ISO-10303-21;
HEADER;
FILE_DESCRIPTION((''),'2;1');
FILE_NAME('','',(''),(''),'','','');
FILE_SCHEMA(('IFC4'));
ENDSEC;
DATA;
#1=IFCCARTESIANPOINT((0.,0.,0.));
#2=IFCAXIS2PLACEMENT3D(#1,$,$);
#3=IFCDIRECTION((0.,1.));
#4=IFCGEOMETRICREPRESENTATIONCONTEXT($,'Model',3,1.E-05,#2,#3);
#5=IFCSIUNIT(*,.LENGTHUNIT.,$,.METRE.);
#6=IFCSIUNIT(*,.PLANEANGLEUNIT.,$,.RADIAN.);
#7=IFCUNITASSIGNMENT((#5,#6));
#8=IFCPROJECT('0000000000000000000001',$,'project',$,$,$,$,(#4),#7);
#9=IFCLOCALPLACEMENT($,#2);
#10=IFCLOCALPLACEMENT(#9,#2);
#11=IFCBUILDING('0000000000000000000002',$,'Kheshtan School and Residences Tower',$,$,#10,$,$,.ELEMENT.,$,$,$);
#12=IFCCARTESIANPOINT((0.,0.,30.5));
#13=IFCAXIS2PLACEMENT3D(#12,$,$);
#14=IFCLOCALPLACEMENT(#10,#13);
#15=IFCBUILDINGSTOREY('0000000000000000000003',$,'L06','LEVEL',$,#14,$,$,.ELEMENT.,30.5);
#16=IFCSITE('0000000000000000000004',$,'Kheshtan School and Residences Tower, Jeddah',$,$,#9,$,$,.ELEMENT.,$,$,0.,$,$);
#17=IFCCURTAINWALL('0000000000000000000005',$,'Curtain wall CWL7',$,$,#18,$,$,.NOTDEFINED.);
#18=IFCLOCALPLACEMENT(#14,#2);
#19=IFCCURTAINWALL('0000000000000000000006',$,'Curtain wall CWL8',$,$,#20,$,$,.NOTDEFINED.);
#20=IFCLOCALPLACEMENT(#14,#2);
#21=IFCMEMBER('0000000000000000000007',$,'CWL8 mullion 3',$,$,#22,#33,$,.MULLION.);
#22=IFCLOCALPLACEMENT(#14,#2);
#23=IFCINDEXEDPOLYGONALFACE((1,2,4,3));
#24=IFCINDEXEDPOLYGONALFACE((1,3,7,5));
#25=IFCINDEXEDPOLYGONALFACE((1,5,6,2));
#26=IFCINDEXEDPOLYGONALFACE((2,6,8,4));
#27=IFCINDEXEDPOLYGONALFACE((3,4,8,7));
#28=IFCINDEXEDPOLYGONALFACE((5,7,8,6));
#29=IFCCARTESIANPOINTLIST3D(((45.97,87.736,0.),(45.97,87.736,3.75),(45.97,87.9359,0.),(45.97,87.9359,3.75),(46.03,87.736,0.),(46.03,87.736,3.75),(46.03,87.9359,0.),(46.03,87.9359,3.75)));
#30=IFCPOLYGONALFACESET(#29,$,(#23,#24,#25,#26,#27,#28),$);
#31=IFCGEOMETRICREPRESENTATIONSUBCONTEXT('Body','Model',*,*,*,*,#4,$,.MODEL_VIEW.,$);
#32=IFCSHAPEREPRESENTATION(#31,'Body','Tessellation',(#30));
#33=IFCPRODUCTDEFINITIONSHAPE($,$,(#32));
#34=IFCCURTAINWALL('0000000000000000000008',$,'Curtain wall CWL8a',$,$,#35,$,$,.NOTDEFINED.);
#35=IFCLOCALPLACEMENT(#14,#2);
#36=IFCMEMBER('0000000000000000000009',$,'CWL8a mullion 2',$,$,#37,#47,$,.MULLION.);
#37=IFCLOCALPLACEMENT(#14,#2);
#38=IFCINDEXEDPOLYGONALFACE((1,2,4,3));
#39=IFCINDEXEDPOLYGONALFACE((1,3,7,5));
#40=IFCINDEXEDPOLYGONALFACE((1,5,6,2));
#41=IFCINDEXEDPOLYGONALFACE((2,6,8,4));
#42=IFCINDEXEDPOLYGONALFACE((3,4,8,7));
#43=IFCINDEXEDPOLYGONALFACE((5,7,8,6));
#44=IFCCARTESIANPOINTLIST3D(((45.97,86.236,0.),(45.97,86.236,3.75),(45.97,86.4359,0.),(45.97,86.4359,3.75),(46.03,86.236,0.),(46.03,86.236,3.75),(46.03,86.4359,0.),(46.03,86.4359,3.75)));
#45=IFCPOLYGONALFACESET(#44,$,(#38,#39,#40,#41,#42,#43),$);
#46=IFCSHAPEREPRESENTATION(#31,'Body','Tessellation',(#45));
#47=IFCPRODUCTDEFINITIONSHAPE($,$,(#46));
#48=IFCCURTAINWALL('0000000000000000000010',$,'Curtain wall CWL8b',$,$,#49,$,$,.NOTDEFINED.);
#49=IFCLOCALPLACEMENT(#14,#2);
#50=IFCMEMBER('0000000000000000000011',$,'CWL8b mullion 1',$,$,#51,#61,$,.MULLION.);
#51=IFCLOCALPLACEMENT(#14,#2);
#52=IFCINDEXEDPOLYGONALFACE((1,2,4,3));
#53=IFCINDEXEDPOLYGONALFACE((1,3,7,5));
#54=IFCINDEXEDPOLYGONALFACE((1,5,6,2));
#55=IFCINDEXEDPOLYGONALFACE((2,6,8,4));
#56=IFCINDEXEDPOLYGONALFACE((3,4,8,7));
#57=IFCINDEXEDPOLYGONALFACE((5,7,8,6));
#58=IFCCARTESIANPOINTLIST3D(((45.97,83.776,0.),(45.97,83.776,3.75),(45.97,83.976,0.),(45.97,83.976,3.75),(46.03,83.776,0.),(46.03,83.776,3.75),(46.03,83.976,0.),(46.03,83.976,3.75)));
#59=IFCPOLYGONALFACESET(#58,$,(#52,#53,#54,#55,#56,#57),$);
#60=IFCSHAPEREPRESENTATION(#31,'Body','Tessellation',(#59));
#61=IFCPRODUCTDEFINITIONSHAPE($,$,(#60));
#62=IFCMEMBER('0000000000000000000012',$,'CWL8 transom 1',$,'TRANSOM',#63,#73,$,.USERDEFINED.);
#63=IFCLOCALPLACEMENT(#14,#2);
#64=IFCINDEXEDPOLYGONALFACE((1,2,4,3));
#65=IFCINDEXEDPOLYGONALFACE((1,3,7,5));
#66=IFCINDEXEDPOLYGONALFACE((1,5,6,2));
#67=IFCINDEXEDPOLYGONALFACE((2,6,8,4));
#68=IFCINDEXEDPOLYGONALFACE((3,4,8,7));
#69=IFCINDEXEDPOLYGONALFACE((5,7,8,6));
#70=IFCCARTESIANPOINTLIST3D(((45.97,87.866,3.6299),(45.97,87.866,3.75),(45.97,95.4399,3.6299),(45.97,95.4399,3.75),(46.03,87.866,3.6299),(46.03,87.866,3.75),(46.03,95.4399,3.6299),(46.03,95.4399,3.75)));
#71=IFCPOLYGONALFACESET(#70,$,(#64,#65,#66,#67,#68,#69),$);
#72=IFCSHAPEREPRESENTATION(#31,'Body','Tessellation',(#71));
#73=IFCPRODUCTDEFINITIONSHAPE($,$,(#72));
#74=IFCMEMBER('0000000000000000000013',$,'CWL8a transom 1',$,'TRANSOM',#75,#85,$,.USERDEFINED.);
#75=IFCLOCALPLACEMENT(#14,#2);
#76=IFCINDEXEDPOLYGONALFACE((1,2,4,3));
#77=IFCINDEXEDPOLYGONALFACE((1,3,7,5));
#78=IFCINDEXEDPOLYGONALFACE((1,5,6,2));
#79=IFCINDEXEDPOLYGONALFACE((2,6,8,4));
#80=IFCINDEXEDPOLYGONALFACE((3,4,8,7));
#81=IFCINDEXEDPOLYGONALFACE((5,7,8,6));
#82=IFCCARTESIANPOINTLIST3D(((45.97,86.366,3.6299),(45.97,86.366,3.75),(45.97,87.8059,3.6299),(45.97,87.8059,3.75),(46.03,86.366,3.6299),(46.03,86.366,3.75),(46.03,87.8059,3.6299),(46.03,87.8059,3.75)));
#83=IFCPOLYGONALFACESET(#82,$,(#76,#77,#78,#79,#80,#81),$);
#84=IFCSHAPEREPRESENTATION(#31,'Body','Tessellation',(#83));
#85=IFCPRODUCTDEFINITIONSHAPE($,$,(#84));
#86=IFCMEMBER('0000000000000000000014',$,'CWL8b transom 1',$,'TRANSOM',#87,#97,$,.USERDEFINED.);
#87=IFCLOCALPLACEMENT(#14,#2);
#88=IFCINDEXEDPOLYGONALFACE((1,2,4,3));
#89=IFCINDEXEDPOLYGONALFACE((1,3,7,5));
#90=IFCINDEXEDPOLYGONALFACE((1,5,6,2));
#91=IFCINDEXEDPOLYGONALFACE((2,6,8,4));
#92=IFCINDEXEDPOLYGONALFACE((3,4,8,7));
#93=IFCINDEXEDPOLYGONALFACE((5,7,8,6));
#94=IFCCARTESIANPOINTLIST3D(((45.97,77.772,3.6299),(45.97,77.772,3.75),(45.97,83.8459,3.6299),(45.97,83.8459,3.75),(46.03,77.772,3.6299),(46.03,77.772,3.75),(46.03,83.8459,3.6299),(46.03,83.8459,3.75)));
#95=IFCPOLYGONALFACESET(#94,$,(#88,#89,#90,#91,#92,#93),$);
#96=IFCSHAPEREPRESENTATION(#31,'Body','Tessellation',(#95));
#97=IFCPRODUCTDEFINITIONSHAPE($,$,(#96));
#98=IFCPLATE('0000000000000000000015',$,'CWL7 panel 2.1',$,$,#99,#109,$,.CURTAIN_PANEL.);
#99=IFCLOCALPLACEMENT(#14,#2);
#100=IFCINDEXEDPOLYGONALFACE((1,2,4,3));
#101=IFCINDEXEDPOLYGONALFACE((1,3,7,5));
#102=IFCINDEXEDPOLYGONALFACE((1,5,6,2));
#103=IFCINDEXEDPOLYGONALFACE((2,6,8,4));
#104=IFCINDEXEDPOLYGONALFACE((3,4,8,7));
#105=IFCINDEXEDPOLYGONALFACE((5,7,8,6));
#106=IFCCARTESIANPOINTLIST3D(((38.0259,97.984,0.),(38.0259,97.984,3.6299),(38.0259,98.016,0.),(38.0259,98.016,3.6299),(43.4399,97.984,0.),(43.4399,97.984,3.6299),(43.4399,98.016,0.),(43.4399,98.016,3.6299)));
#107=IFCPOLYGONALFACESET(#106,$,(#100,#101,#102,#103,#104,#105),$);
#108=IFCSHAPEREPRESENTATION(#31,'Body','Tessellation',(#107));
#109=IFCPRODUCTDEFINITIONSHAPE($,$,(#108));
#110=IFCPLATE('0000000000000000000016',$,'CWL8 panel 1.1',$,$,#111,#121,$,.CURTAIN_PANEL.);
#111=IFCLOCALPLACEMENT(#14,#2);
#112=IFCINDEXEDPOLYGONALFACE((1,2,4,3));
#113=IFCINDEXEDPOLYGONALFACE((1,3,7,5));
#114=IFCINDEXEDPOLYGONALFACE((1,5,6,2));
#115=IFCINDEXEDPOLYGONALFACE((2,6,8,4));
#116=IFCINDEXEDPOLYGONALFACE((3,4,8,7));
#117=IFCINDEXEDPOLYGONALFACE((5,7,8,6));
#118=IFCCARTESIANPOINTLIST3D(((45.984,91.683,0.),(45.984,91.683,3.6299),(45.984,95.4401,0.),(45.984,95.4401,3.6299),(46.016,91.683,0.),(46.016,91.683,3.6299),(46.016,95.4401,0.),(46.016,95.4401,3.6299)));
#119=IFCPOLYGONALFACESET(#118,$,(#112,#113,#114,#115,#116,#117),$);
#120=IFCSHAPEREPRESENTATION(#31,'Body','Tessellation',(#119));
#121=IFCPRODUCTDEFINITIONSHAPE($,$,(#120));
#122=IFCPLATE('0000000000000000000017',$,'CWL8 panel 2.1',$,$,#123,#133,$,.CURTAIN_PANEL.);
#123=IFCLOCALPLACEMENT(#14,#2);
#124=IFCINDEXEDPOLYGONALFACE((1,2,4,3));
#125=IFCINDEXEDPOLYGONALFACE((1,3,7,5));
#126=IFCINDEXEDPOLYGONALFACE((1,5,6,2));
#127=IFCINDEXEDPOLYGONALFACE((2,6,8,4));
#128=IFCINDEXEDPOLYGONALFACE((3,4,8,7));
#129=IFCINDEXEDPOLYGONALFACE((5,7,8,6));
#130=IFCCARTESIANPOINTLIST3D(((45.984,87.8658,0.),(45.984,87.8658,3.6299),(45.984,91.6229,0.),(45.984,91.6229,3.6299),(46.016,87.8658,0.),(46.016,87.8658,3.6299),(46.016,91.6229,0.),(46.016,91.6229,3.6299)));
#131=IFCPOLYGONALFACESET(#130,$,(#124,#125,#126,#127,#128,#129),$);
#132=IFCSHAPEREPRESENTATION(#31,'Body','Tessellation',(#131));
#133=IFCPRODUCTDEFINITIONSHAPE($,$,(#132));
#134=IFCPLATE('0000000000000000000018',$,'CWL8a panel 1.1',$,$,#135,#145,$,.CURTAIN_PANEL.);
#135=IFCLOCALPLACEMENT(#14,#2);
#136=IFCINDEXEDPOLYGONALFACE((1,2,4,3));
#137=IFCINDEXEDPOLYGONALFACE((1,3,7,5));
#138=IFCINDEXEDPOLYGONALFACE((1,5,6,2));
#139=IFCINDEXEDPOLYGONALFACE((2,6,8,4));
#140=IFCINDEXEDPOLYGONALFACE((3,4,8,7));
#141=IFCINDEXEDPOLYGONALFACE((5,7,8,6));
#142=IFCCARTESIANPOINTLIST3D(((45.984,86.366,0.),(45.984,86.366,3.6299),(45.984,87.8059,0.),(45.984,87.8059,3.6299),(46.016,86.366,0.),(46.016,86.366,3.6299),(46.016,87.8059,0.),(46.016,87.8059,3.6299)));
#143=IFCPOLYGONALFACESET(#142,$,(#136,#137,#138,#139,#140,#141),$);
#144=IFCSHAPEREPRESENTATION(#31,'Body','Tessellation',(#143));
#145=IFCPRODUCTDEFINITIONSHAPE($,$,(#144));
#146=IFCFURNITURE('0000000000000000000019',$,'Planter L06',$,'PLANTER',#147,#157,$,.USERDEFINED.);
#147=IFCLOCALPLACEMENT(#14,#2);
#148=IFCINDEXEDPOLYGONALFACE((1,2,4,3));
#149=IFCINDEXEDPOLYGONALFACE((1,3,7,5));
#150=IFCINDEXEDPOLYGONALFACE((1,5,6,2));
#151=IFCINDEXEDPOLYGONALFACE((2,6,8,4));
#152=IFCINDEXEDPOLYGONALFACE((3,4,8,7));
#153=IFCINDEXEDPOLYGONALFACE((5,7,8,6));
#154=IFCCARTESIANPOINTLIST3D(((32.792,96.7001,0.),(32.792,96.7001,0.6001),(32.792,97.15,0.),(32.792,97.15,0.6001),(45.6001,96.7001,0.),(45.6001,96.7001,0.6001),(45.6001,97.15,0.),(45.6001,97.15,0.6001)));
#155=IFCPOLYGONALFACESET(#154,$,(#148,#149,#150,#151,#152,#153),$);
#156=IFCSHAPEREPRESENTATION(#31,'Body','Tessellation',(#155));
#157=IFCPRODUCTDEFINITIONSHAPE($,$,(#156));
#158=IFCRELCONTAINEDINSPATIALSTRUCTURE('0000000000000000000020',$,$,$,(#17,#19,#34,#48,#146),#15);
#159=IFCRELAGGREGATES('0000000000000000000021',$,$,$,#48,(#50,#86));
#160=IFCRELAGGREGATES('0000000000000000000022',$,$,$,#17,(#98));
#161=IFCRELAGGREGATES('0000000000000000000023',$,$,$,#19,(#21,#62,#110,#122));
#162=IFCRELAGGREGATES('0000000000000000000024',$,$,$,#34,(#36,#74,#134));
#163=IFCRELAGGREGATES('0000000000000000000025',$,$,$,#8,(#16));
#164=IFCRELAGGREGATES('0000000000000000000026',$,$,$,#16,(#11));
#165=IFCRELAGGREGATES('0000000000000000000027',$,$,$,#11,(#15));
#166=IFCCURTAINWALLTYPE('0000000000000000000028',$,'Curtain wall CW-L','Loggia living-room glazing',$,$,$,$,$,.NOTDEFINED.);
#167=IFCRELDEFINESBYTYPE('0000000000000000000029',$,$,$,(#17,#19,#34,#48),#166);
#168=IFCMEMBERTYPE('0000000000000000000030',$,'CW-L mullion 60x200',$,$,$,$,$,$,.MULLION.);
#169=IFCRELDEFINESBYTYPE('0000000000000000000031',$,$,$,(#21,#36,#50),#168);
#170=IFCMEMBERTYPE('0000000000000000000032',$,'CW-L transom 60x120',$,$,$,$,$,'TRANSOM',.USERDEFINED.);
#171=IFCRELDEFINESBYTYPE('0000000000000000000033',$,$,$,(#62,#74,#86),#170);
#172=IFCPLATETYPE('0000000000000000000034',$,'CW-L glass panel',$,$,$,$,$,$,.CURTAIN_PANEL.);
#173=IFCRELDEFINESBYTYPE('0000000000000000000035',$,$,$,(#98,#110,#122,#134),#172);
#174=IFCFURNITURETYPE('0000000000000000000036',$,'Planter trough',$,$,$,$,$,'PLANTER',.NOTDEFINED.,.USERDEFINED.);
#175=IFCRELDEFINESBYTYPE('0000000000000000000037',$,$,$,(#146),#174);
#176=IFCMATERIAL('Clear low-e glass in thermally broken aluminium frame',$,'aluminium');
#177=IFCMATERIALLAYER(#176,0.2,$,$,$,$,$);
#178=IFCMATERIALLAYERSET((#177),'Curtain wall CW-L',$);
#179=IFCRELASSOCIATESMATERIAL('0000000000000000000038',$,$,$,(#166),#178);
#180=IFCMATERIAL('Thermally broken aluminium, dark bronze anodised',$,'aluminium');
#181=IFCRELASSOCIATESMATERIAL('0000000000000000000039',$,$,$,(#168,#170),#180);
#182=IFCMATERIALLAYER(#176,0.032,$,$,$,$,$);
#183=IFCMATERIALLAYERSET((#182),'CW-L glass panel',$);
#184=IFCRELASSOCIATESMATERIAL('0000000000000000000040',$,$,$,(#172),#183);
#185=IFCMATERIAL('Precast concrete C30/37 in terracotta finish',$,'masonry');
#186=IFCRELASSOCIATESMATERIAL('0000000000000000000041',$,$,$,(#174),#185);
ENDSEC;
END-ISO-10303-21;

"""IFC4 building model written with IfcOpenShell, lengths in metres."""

from ifc_helpers import new_model, si_unit, direction, frame, origin, origin_2d, place, context, subcontext, project, spatial, rectangle, extrude, material, layer, layer_set, material_profile, profile_set, type_object, element, aggregate, save


model = new_model("IFC4")

# Units and contexts
model_context = context("Model", 3, precision=1e-05, world=origin(), true_north=direction((0.0, 1.0)))
body_context = subcontext(model_context, "Body", "Model", "MODEL_VIEW")
ifc_project = project(units=[si_unit("LENGTHUNIT", "METRE"), si_unit("PLANEANGLEUNIT", "RADIAN")], contexts=[model_context])

# Site, building, storey
site_placement = place(None, origin())
site = spatial("IfcSite", under=ifc_project, at=site_placement, Name="Kheshtan School and Residences Tower, Jeddah", CompositionType="ELEMENT", RefElevation=0.0)
building_placement = place(site_placement, origin())
building = spatial("IfcBuilding", under=site, at=building_placement, Name="Kheshtan School and Residences Tower", CompositionType="ELEMENT")
storey_placement = place(building_placement, frame((0.0, 0.0, 30.5)))
storey = spatial("IfcBuildingStorey", under=building, at=storey_placement, Name="L06", Description="LEVEL", CompositionType="ELEMENT", Elevation=30.5)

# Curtain walls, member
ifc_material_1 = material(Name="Clear low-e glass in thermally broken aluminium frame", Category="aluminium")
ifc_layer_1 = layer(ifc_material_1, 0.2)
ifc_layer_set_1 = layer_set([ifc_layer_1], Name="Curtain wall CW-L")
curtain_wall_type = type_object("IfcCurtainWallType", Name="Curtain wall CW-L", Description="Loggia living-room glazing", PredefinedType="NOTDEFINED", material=ifc_layer_set_1)
curtain_wall_1_placement = place(storey_placement, origin())
curtain_wall_1 = element("IfcCurtainWall", 1, at=curtain_wall_1_placement, inside=storey, type_object=curtain_wall_type, Name="Curtain wall CWL7", PredefinedType="NOTDEFINED")
ifc_material_2 = material(Name="Thermally broken aluminium, dark bronze anodised", Category="aluminium")
ifc_material_profile_1 = material_profile(ifc_material_2, rectangle(XDim=0.0601, YDim=0.2, at=origin_2d()), Name="CW-L mullion 60x200")
ifc_profile_set_1 = profile_set([ifc_material_profile_1], Name="Thermally broken aluminium, dark bronze anodised")
member_type_1 = type_object("IfcMemberType", Name="CW-L mullion 60x200", PredefinedType="MULLION", material=ifc_profile_set_1)
curtain_wall_2_placement = place(storey_placement, origin())
curtain_wall_2 = element("IfcCurtainWall", 2, at=curtain_wall_2_placement, inside=storey, type_object=curtain_wall_type, Name="Curtain wall CWL8", PredefinedType="NOTDEFINED")
member_1_placement = place(storey_placement, frame((46.0, 87.8359, 0.0), z_axis=(0.0, 0.0, 1.0), x_axis=(1.0, 0.0, 0.0)))
member_1 = element("IfcMember", 3, at=member_1_placement, type_object=member_type_1, Name="CWL8 mullion 3", PredefinedType="MULLION", context=body_context, shape_type="SweptSolid", body=[
    extrude(rectangle(XDim=0.0601, YDim=0.2, at=origin_2d()), origin(), (0.0, 0.0, 1.0), 3.75),
])

# Curtain walls, members
curtain_wall_3_placement = place(storey_placement, origin())
curtain_wall_3 = element("IfcCurtainWall", 4, at=curtain_wall_3_placement, inside=storey, type_object=curtain_wall_type, Name="Curtain wall CWL8a", PredefinedType="NOTDEFINED")
member_2_placement = place(storey_placement, frame((46.0, 86.3359, 0.0), z_axis=(0.0, 0.0, 1.0), x_axis=(1.0, 0.0, 0.0)))
member_2 = element("IfcMember", 5, at=member_2_placement, type_object=member_type_1, Name="CWL8a mullion 2", PredefinedType="MULLION", context=body_context, shape_type="SweptSolid", body=[
    extrude(rectangle(XDim=0.0601, YDim=0.2, at=origin_2d()), origin(), (0.0, 0.0, 1.0), 3.75),
])
curtain_wall_4_placement = place(storey_placement, origin())
curtain_wall_4 = element("IfcCurtainWall", 6, at=curtain_wall_4_placement, inside=storey, type_object=curtain_wall_type, Name="Curtain wall CWL8b", PredefinedType="NOTDEFINED")
member_3_placement = place(storey_placement, frame((46.0, 83.876, 0.0), z_axis=(0.0, 0.0, 1.0), x_axis=(1.0, 0.0, 0.0)))
member_3 = element("IfcMember", 7, at=member_3_placement, type_object=member_type_1, Name="CWL8b mullion 1", PredefinedType="MULLION", context=body_context, shape_type="SweptSolid", body=[
    extrude(rectangle(XDim=0.0601, YDim=0.2, at=origin_2d()), origin(), (0.0, 0.0, 1.0), 3.75),
])

# Members
ifc_material_profile_2 = material_profile(ifc_material_2, rectangle(XDim=0.0601, YDim=0.1201, at=origin_2d()), Name="CW-L transom 60x120")
ifc_profile_set_2 = profile_set([ifc_material_profile_2], Name="Thermally broken aluminium, dark bronze anodised")
member_type_2 = type_object("IfcMemberType", Name="CW-L transom 60x120", ElementType="TRANSOM", PredefinedType="USERDEFINED", material=ifc_profile_set_2)
member_4_placement = place(storey_placement, frame((46.0, 95.4399, 3.6899), z_axis=(0.0, -1.0, 0.0), x_axis=(1.0, 0.0, 0.0)))
member_4 = element("IfcMember", 8, at=member_4_placement, type_object=member_type_2, Name="CWL8 transom 1", ObjectType="TRANSOM", PredefinedType="USERDEFINED", context=body_context, shape_type="SweptSolid", body=[
    extrude(rectangle(XDim=0.0601, YDim=0.1201, at=origin_2d()), origin(), (0.0, 0.0, 1.0), 7.574),
])
member_5_placement = place(storey_placement, frame((46.0, 87.8059, 3.6899), z_axis=(0.0, -1.0, 0.0), x_axis=(1.0, 0.0, 0.0)))
member_5 = element("IfcMember", 9, at=member_5_placement, type_object=member_type_2, Name="CWL8a transom 1", ObjectType="TRANSOM", PredefinedType="USERDEFINED", context=body_context, shape_type="SweptSolid", body=[
    extrude(rectangle(XDim=0.0601, YDim=0.1201, at=origin_2d()), origin(), (0.0, 0.0, 1.0), 1.4399),
])
member_6_placement = place(storey_placement, frame((46.0, 83.8459, 3.6899), z_axis=(0.0, -1.0, 0.0), x_axis=(1.0, 0.0, 0.0)))
member_6 = element("IfcMember", 10, at=member_6_placement, type_object=member_type_2, Name="CWL8b transom 1", ObjectType="TRANSOM", PredefinedType="USERDEFINED", context=body_context, shape_type="SweptSolid", body=[
    extrude(rectangle(XDim=0.0601, YDim=0.1201, at=origin_2d()), origin(), (0.0, 0.0, 1.0), 6.074),
])
aggregate(curtain_wall_4, [member_3, member_6])

# Plates
ifc_layer_2 = layer(ifc_material_1, 0.032)
ifc_layer_set_2 = layer_set([ifc_layer_2], Name="CW-L glass panel")
plate_type = type_object("IfcPlateType", Name="CW-L glass panel", PredefinedType="CURTAIN_PANEL", material=ifc_layer_set_2)
plate_1_placement = place(storey_placement, frame((40.7329, 98.0, 0.0), z_axis=(0.0, 0.0, 1.0), x_axis=(1.0, 0.0, 0.0)))
plate_1 = element("IfcPlate", 11, at=plate_1_placement, type_object=plate_type, Name="CWL7 panel 2.1", PredefinedType="CURTAIN_PANEL", context=body_context, shape_type="SweptSolid", body=[
    extrude(rectangle(XDim=5.4141, YDim=0.032, at=origin_2d()), origin(), (0.0, 0.0, 1.0), 3.6299),
])
aggregate(curtain_wall_1, [plate_1])
plate_2_placement = place(storey_placement, frame((46.0, 93.5615, 0.0), z_axis=(0.0, 0.0, 1.0), x_axis=(0.0, -1.0, 0.0)))
plate_2 = element("IfcPlate", 12, at=plate_2_placement, type_object=plate_type, Name="CWL8 panel 1.1", PredefinedType="CURTAIN_PANEL", context=body_context, shape_type="SweptSolid", body=[
    extrude(rectangle(XDim=3.7571, YDim=0.032, at=origin_2d()), origin(), (0.0, 0.0, 1.0), 3.6299),
])
plate_3_placement = place(storey_placement, frame((46.0, 89.7444, 0.0), z_axis=(0.0, 0.0, 1.0), x_axis=(0.0, -1.0, 0.0)))
plate_3 = element("IfcPlate", 13, at=plate_3_placement, type_object=plate_type, Name="CWL8 panel 2.1", PredefinedType="CURTAIN_PANEL", context=body_context, shape_type="SweptSolid", body=[
    extrude(rectangle(XDim=3.7571, YDim=0.032, at=origin_2d()), origin(), (0.0, 0.0, 1.0), 3.6299),
])
aggregate(curtain_wall_2, [member_1, member_4, plate_2, plate_3])
plate_4_placement = place(storey_placement, frame((46.0, 87.0859, 0.0), z_axis=(0.0, 0.0, 1.0), x_axis=(0.0, -1.0, 0.0)))
plate_4 = element("IfcPlate", 14, at=plate_4_placement, type_object=plate_type, Name="CWL8a panel 1.1", PredefinedType="CURTAIN_PANEL", context=body_context, shape_type="SweptSolid", body=[
    extrude(rectangle(XDim=1.4399, YDim=0.032, at=origin_2d()), origin(), (0.0, 0.0, 1.0), 3.6299),
])
aggregate(curtain_wall_3, [member_2, member_5, plate_4])

# Furniture
ifc_material_3 = material(Name="Precast concrete C30/37 in terracotta finish", Category="masonry")
furniture_type = type_object("IfcFurnitureType", Name="Planter trough", ElementType="PLANTER", AssemblyPlace="NOTDEFINED", PredefinedType="USERDEFINED", material=ifc_material_3)
furniture_placement = place(storey_placement, frame((39.196, 96.925, 0.0), z_axis=(0.0, 0.0, 1.0), x_axis=(1.0, 0.0, 0.0)))
element("IfcFurniture", 15, at=furniture_placement, inside=storey, type_object=furniture_type, Name="Planter L06", ObjectType="PLANTER", PredefinedType="USERDEFINED", context=body_context, shape_type="SweptSolid", body=[
    extrude(rectangle(XDim=12.8081, YDim=0.45, at=origin_2d()), origin(), (0.0, 0.0, 1.0), 0.6001),
])

save(model, "model.ifc")
